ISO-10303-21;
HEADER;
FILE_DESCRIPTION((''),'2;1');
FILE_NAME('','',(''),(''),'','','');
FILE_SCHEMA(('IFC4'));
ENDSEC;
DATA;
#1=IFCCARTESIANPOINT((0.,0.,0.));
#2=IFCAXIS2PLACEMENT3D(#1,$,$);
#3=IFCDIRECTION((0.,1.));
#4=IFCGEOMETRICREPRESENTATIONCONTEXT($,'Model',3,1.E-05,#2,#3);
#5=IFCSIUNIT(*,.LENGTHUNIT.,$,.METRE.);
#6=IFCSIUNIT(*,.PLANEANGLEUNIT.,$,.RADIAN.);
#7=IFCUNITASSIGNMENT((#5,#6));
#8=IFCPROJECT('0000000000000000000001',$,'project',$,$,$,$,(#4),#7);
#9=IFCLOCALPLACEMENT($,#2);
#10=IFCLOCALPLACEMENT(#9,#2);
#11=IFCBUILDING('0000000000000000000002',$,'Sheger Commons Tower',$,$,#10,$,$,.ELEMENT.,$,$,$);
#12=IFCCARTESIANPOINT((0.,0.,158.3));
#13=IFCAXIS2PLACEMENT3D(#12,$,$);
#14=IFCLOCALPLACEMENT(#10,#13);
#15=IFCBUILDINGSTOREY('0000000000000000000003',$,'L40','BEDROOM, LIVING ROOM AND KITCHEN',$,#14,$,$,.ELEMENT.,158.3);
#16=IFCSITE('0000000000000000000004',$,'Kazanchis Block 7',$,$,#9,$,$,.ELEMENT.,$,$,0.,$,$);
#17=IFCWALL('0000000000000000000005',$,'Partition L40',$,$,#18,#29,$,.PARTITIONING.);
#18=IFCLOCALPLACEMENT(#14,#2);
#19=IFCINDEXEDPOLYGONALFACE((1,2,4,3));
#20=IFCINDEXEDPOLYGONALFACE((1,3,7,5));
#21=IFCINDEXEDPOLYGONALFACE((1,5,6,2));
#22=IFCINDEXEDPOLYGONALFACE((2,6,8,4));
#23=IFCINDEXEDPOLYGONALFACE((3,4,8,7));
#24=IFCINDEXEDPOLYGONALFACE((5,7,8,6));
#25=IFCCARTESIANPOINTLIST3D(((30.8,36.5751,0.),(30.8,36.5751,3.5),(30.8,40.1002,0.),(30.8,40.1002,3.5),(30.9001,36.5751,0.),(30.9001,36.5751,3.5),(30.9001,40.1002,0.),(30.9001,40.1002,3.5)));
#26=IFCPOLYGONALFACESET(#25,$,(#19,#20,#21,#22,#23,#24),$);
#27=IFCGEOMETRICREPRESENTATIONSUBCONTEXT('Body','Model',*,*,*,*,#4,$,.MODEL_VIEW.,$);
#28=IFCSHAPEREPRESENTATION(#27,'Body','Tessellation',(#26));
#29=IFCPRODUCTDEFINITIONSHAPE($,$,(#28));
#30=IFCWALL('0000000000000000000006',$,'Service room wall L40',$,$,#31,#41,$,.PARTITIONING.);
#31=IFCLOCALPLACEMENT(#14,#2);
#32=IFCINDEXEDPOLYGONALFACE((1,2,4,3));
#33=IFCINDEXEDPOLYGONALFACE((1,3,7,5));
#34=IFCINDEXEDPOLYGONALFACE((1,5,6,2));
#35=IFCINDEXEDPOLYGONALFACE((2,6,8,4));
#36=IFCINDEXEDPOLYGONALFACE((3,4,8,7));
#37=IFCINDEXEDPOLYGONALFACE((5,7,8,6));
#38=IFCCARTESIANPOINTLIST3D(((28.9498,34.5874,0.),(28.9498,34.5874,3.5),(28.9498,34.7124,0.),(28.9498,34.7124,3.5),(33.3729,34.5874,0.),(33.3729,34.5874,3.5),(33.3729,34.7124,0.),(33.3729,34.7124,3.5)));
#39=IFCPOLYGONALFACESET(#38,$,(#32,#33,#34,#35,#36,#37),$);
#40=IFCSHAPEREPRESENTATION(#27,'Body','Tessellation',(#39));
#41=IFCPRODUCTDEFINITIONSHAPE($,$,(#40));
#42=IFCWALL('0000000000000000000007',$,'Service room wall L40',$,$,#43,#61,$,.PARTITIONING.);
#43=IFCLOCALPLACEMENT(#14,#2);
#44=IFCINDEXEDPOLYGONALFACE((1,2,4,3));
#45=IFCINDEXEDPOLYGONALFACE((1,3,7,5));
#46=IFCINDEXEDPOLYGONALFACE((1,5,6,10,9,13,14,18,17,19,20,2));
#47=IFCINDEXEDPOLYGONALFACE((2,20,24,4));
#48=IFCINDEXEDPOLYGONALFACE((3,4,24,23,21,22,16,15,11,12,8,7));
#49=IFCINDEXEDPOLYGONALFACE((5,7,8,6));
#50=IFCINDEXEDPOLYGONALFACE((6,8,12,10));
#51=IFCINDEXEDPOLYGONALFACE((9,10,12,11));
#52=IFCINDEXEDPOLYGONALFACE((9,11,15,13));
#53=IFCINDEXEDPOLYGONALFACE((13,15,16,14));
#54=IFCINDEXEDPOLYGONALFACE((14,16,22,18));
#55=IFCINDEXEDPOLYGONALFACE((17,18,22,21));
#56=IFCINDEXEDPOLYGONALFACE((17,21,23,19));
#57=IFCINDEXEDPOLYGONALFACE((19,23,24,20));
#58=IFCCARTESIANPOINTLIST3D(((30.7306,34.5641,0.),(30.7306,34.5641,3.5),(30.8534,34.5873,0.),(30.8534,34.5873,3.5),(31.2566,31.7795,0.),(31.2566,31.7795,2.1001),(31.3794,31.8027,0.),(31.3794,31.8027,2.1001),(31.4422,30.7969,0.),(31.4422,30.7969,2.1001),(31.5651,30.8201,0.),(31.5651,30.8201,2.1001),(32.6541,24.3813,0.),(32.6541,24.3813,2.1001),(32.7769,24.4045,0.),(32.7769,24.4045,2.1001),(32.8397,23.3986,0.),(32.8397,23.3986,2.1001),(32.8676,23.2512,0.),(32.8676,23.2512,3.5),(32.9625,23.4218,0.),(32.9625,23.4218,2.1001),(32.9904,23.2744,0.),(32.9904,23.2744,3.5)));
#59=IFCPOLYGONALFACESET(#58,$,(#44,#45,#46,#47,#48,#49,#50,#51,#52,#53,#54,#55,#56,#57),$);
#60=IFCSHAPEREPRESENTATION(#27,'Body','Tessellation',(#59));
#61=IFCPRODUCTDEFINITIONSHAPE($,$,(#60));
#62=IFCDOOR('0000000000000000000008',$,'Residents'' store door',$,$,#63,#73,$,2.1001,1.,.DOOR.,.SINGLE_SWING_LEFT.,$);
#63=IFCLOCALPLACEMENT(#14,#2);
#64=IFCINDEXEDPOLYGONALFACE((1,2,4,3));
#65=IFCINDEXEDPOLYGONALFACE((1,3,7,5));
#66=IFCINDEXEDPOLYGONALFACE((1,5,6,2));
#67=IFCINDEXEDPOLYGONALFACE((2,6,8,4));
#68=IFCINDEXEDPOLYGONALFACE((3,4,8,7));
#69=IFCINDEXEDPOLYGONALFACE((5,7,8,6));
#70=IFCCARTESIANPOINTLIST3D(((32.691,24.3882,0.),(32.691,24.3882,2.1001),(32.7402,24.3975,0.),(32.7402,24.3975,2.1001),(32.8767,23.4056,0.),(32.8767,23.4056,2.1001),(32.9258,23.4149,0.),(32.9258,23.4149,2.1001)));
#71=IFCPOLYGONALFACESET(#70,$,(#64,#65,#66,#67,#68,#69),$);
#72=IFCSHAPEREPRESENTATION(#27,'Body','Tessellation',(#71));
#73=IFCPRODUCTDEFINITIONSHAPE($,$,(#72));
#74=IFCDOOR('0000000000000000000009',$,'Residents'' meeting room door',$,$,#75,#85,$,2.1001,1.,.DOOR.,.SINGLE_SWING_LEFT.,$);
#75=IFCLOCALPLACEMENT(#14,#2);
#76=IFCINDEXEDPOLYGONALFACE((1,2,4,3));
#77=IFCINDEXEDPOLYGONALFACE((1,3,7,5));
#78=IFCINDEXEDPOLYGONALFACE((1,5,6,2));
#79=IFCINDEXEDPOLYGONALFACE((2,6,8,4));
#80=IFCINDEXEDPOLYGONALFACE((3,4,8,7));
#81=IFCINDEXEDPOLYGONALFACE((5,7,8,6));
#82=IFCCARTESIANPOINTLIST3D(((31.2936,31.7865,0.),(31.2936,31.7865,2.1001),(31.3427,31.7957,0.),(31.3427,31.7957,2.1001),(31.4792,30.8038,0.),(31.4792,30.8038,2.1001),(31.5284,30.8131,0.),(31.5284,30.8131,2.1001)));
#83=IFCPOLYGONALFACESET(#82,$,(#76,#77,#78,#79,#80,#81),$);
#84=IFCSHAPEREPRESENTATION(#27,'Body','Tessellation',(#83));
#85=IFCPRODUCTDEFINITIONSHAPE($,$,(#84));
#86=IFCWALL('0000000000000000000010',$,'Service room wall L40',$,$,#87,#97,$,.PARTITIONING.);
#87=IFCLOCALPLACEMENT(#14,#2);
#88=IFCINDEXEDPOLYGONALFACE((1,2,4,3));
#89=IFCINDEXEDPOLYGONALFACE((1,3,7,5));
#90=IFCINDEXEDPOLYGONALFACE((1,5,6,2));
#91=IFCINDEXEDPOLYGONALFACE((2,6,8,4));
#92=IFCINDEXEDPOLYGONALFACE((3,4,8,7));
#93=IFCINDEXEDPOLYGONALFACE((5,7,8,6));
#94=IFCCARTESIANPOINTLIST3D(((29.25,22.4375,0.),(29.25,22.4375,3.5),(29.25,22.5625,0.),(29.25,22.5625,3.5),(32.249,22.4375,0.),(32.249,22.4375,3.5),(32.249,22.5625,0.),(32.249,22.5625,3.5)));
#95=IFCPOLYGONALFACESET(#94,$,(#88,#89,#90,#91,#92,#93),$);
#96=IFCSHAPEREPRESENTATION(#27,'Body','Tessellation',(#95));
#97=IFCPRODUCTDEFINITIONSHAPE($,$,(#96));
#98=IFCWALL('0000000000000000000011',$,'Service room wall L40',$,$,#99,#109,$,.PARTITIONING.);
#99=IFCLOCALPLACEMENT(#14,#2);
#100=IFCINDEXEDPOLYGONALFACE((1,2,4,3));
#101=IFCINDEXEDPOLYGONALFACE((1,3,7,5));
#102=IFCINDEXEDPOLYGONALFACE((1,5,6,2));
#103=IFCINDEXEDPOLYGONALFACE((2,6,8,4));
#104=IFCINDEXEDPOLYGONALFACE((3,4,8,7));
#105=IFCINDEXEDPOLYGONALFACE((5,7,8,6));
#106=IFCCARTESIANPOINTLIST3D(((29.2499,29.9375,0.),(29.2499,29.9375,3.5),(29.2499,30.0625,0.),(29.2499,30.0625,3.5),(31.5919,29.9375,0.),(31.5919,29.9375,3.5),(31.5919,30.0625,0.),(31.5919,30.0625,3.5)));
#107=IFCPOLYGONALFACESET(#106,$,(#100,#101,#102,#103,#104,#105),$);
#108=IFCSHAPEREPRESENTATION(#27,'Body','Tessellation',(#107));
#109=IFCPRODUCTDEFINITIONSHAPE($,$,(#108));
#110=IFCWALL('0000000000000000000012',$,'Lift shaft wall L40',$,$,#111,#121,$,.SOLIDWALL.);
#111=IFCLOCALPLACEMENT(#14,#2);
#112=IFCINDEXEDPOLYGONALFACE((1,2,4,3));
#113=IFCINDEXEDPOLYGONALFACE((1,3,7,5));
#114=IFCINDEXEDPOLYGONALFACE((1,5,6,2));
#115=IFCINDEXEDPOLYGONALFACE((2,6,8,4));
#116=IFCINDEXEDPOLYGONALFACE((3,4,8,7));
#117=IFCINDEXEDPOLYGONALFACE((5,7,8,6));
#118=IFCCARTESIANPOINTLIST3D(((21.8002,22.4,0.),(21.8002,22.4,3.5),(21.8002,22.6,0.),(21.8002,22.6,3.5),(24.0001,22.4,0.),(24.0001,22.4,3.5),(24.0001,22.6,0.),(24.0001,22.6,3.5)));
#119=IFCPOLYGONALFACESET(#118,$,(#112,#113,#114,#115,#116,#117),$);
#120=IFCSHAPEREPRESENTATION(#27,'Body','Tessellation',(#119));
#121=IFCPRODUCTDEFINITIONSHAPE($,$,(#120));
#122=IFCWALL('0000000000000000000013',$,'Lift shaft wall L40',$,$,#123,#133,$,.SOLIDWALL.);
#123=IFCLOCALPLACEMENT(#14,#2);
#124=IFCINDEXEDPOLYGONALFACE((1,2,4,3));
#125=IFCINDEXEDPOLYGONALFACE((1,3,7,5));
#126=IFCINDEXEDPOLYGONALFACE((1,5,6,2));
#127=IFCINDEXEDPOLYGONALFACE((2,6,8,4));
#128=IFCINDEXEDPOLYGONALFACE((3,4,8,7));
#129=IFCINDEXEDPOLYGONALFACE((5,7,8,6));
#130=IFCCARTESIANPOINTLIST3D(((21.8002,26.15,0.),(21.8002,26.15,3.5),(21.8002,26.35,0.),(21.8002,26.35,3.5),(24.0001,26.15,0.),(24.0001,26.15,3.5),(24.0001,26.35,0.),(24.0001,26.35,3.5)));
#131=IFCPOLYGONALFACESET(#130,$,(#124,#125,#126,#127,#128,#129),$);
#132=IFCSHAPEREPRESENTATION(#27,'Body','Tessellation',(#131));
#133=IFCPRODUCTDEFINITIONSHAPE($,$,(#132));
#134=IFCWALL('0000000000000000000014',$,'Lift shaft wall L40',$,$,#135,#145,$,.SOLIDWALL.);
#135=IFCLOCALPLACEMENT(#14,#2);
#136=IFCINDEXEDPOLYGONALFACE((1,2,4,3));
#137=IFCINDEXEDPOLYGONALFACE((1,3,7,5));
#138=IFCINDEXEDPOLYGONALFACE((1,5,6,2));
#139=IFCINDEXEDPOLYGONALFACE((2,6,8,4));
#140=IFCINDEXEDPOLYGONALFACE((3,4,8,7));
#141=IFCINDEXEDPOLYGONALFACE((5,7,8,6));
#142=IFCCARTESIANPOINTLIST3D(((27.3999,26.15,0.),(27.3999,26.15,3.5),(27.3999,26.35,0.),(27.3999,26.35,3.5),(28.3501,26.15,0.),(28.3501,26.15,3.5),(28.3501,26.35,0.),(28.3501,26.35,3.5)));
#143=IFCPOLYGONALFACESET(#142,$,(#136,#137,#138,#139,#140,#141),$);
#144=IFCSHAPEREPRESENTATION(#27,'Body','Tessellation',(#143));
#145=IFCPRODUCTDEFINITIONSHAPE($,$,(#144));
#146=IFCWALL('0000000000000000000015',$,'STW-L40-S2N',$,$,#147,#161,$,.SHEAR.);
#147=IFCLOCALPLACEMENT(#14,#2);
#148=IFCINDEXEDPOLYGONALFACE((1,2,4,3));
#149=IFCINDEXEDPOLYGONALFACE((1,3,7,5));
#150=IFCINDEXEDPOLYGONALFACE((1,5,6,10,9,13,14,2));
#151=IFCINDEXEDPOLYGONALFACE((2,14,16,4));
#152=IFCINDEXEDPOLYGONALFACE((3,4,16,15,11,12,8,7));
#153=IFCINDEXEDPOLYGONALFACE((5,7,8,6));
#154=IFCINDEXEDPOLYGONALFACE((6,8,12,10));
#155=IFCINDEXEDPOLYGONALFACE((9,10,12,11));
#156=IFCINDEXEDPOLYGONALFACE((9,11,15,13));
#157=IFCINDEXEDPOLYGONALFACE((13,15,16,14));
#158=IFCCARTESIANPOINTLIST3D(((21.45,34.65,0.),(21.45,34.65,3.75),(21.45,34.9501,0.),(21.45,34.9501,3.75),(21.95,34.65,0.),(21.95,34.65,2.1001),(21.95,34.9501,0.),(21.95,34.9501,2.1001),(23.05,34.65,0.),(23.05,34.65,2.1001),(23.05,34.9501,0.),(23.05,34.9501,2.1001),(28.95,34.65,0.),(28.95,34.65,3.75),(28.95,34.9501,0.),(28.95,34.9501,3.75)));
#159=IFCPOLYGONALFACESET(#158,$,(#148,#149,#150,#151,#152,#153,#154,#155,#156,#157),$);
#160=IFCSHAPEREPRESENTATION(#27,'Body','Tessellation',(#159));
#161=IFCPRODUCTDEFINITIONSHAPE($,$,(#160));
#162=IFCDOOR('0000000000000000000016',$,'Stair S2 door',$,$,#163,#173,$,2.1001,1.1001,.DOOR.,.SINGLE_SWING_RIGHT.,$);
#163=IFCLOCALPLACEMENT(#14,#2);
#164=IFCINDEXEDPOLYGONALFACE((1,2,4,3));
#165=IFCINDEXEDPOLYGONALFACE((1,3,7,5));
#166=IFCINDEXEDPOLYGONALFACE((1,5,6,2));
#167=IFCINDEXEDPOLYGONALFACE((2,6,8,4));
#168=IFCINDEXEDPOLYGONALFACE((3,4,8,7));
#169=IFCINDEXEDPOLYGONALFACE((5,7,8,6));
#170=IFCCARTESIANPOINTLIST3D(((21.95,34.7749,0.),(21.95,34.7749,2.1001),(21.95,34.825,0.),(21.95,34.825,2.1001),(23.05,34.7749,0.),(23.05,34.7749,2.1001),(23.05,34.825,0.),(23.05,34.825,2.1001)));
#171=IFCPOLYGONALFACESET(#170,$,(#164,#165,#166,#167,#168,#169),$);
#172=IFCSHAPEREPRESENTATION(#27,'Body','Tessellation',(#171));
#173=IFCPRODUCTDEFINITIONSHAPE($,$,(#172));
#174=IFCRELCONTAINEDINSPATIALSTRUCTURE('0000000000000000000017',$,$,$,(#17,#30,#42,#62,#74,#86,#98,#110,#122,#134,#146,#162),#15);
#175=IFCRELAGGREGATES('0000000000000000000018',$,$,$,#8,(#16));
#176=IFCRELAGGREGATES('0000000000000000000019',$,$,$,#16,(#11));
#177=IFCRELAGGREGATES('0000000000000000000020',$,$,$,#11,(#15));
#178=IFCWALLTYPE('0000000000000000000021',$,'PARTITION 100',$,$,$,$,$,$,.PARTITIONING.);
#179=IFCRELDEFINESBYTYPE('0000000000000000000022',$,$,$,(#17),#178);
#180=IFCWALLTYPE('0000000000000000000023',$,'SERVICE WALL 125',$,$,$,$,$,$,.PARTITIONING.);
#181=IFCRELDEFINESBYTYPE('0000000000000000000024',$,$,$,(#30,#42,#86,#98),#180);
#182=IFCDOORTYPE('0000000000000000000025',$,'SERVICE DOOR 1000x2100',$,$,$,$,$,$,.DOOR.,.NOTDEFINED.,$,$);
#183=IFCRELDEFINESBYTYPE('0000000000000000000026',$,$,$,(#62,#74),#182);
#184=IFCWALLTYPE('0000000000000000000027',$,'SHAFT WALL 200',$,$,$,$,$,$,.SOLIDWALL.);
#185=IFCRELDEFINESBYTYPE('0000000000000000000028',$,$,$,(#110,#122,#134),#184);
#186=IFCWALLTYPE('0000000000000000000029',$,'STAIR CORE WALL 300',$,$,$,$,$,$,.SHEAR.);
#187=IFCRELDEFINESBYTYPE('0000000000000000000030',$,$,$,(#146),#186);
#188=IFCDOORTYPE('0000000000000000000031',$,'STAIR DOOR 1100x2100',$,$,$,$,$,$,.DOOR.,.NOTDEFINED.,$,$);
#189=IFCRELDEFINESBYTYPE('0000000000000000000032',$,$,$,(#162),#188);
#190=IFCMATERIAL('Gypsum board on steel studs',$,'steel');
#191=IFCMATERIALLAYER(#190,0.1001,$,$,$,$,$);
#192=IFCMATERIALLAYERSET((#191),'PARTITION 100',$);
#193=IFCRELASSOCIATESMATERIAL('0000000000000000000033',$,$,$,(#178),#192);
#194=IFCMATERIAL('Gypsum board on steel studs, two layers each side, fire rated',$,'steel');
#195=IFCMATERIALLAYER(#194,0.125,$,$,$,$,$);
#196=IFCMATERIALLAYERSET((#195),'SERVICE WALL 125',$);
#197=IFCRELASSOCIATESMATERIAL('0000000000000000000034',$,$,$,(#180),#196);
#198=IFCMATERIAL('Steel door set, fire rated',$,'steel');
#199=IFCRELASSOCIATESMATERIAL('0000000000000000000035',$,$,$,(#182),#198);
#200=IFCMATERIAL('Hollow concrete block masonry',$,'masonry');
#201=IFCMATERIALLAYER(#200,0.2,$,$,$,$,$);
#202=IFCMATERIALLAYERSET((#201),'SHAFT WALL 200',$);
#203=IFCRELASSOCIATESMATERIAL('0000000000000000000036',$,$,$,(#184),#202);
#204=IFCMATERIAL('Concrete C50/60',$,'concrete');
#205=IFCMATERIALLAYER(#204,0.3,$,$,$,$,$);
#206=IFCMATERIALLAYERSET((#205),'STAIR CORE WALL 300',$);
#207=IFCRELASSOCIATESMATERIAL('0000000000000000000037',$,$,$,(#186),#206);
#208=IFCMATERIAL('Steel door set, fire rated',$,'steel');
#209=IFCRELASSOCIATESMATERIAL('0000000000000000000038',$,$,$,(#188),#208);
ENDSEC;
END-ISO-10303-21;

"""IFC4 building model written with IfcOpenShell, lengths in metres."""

from ifc_helpers import new_model, si_unit, direction, frame, frame_2d, origin, place, context, subcontext, project, spatial, rectangle, extrude, material, layer, layer_set, type_object, element, fill, save


model = new_model("IFC4")

# Units and contexts
model_context = context("Model", 3, precision=1e-05, world=origin(), true_north=direction((0.0, 1.0)))
body_context = subcontext(model_context, "Body", "Model", "MODEL_VIEW")
ifc_project = project(units=[si_unit("LENGTHUNIT", "METRE"), si_unit("PLANEANGLEUNIT", "RADIAN")], contexts=[model_context])

# Site, building, storey
site_placement = place(None, origin())
site = spatial("IfcSite", under=ifc_project, at=site_placement, Name="Kazanchis Block 7", CompositionType="ELEMENT", RefElevation=0.0)
building_placement = place(site_placement, origin())
building = spatial("IfcBuilding", under=site, at=building_placement, Name="Sheger Commons Tower", CompositionType="ELEMENT")
storey_placement = place(building_placement, frame((0.0, 0.0, 158.3)))
storey = spatial("IfcBuildingStorey", under=building, at=storey_placement, Name="L40", Description="BEDROOM, LIVING ROOM AND KITCHEN", CompositionType="ELEMENT", Elevation=158.3)

# Walls
ifc_material_1 = material(Name="Gypsum board on steel studs", Category="steel")
ifc_layer_1 = layer(ifc_material_1, 0.1001)
ifc_layer_set_1 = layer_set([ifc_layer_1], Name="PARTITION 100")
wall_type_1 = type_object("IfcWallType", Name="PARTITION 100", PredefinedType="PARTITIONING", material=ifc_layer_set_1)
for number, where, z_axis, x_axis, name in (
    (1, (30.8501, 36.575, 0.0), (0.0, 0.0, 1.0), (0.0, 1.0, 0.0), "Partition L40"),
):
    element("IfcWall", number, at=place(storey_placement, frame(where, z_axis=z_axis, x_axis=x_axis)), inside=storey, type_object=wall_type_1, Name=name, PredefinedType="PARTITIONING", context=body_context, shape_type="SweptSolid", body=[
        extrude(rectangle(XDim=3.5251, YDim=0.1001, at=frame_2d((1.7627, 0.0))), origin(), (0.0, 0.0, 1.0), 3.5),
    ])
ifc_material_2 = material(Name="Gypsum board on steel studs, two layers each side, fire rated", Category="steel")
ifc_layer_2 = layer(ifc_material_2, 0.125)
ifc_layer_set_2 = layer_set([ifc_layer_2], Name="SERVICE WALL 125")
wall_type_2 = type_object("IfcWallType", Name="SERVICE WALL 125", PredefinedType="PARTITIONING", material=ifc_layer_set_2)
wall_1_placement = place(storey_placement, frame((28.95, 34.6499, 0.0), z_axis=(0.0, 0.0, 1.0), x_axis=(1.0, 0.0, 0.0)))
element("IfcWall", 2, at=wall_1_placement, inside=storey, type_object=wall_type_2, Name="Service room wall L40", PredefinedType="PARTITIONING", context=body_context, shape_type="SweptSolid", body=[
    extrude(rectangle(XDim=4.4231, YDim=0.125, at=frame_2d((2.2114, 0.0))), origin(), (0.0, 0.0, 1.0), 3.5),
])

# Wall, openings, doors
wall_2_placement = place(storey_placement, frame((32.929, 23.2629, 0.0), z_axis=(0.0, 0.0, 1.0), x_axis=(-0.185612, 0.982623, 0.0)))
wall_2 = element("IfcWall", 3, at=wall_2_placement, inside=storey, type_object=wall_type_2, Name="Service room wall L40", PredefinedType="PARTITIONING", context=body_context, shape_type="SweptSolid", body=[
    extrude(rectangle(XDim=11.5129, YDim=0.125, at=frame_2d((5.7563, 0.0))), origin(), (0.0, 0.0, 1.0), 3.5),
])
opening_1_placement = place(wall_2_placement, frame((0.1499, 0.0, 0.0)))
opening_1 = element("IfcOpeningElement", 4, at=opening_1_placement, cuts=wall_2, PredefinedType="OPENING", context=body_context, shape_type="SweptSolid", body=[
    extrude(rectangle(XDim=1.0, YDim=2.1001, at=frame_2d((0.5, 1.05))), frame((0.0, 0.0725, 0.0), z_axis=(0.0, -1.0, 0.0), x_axis=(1.0, 0.0, 0.0)), (0.0, 0.0, 1.0), 0.145),
])
opening_2_placement = place(wall_2_placement, frame((7.679, 0.0, 0.0)))
opening_2 = element("IfcOpeningElement", 5, at=opening_2_placement, cuts=wall_2, PredefinedType="OPENING", context=body_context, shape_type="SweptSolid", body=[
    extrude(rectangle(XDim=1.0, YDim=2.1001, at=frame_2d((0.5, 1.05))), frame((0.0, 0.0725, 0.0), z_axis=(0.0, -1.0, 0.0), x_axis=(1.0, 0.0, 0.0)), (0.0, 0.0, 1.0), 0.145),
])
ifc_material_3 = material(Name="Steel door set, fire rated", Category="steel")
door_type_1 = type_object("IfcDoorType", Name="SERVICE DOOR 1000x2100", OperationType="NOTDEFINED", PredefinedType="DOOR", material=ifc_material_3)
door_1_placement = place(opening_1_placement, origin())
door_1 = element("IfcDoor", 6, at=door_1_placement, inside=storey, type_object=door_type_1, Name="Residents' store door", OperationType="SINGLE_SWING_LEFT", OverallHeight=2.1001, OverallWidth=1.0, PredefinedType="DOOR", context=body_context, shape_type="SweptSolid", body=[
    extrude(rectangle(XDim=1.0, YDim=2.1001, at=frame_2d((0.5, 1.05))), frame((0.0, 0.0249, 0.0), z_axis=(0.0, -1.0, 0.0), x_axis=(1.0, 0.0, 0.0)), (0.0, 0.0, 1.0), 0.05),
])
fill(opening_1, door_1)
door_2_placement = place(opening_2_placement, origin())
door_2 = element("IfcDoor", 7, at=door_2_placement, inside=storey, type_object=door_type_1, Name="Residents' meeting room door", OperationType="SINGLE_SWING_LEFT", OverallHeight=2.1001, OverallWidth=1.0, PredefinedType="DOOR", context=body_context, shape_type="SweptSolid", body=[
    extrude(rectangle(XDim=1.0, YDim=2.1001, at=frame_2d((0.5, 1.05))), frame((0.0, 0.0249, 0.0), z_axis=(0.0, -1.0, 0.0), x_axis=(1.0, 0.0, 0.0)), (0.0, 0.0, 1.0), 0.05),
])
fill(opening_2, door_2)

# Walls
wall_3_placement = place(storey_placement, frame((29.25, 22.5, 0.0), z_axis=(0.0, 0.0, 1.0), x_axis=(1.0, 0.0, 0.0)))
element("IfcWall", 8, at=wall_3_placement, inside=storey, type_object=wall_type_2, Name="Service room wall L40", PredefinedType="PARTITIONING", context=body_context, shape_type="SweptSolid", body=[
    extrude(rectangle(XDim=2.999, YDim=0.125, at=frame_2d((1.4995, 0.0))), origin(), (0.0, 0.0, 1.0), 3.5),
])
wall_4_placement = place(storey_placement, frame((29.25, 30.0, 0.0), z_axis=(0.0, 0.0, 1.0), x_axis=(1.0, 0.0, 0.0)))
element("IfcWall", 9, at=wall_4_placement, inside=storey, type_object=wall_type_2, Name="Service room wall L40", PredefinedType="PARTITIONING", context=body_context, shape_type="SweptSolid", body=[
    extrude(rectangle(XDim=2.342, YDim=0.125, at=frame_2d((1.1709, 0.0))), origin(), (0.0, 0.0, 1.0), 3.5),
])
ifc_material_4 = material(Name="Hollow concrete block masonry", Category="masonry")
ifc_layer_3 = layer(ifc_material_4, 0.2)
ifc_layer_set_3 = layer_set([ifc_layer_3], Name="SHAFT WALL 200")
wall_type_3 = type_object("IfcWallType", Name="SHAFT WALL 200", PredefinedType="SOLIDWALL", material=ifc_layer_set_3)
for number, where, z_axis, x_axis, name in (
    (10, (21.8, 22.5, 0.0), (0.0, 0.0, 1.0), (1.0, 0.0, 0.0), "Lift shaft wall L40"),
    (11, (21.8, 26.25, 0.0), (0.0, 0.0, 1.0), (1.0, 0.0, 0.0), "Lift shaft wall L40"),
):
    element("IfcWall", number, at=place(storey_placement, frame(where, z_axis=z_axis, x_axis=x_axis)), inside=storey, type_object=wall_type_3, Name=name, PredefinedType="SOLIDWALL", context=body_context, shape_type="SweptSolid", body=[
        extrude(rectangle(XDim=2.2, YDim=0.2, at=frame_2d((1.1001, 0.0))), origin(), (0.0, 0.0, 1.0), 3.5),
    ])
wall_5_placement = place(storey_placement, frame((27.3999, 26.25, 0.0), z_axis=(0.0, 0.0, 1.0), x_axis=(1.0, 0.0, 0.0)))
element("IfcWall", 12, at=wall_5_placement, inside=storey, type_object=wall_type_3, Name="Lift shaft wall L40", PredefinedType="SOLIDWALL", context=body_context, shape_type="SweptSolid", body=[
    extrude(rectangle(XDim=0.9502, YDim=0.2, at=frame_2d((0.4751, 0.0))), origin(), (0.0, 0.0, 1.0), 3.5),
])

# Wall, opening, door
ifc_material_5 = material(Name="Concrete C50/60", Category="concrete")
ifc_layer_4 = layer(ifc_material_5, 0.3)
ifc_layer_set_4 = layer_set([ifc_layer_4], Name="STAIR CORE WALL 300")
wall_type_4 = type_object("IfcWallType", Name="STAIR CORE WALL 300", PredefinedType="SHEAR", material=ifc_layer_set_4)
wall_6_placement = place(storey_placement, frame((21.45, 34.8, 0.0), z_axis=(0.0, 0.0, 1.0), x_axis=(1.0, 0.0, 0.0)))
wall_6 = element("IfcWall", 13, at=wall_6_placement, inside=storey, type_object=wall_type_4, Name="STW-L40-S2N", PredefinedType="SHEAR", context=body_context, shape_type="SweptSolid", body=[
    extrude(rectangle(XDim=7.5, YDim=0.3, at=frame_2d((3.75, 0.0))), origin(), (0.0, 0.0, 1.0), 3.75),
])
opening_3_placement = place(wall_6_placement, frame((0.5, 0.0, 0.0)))
opening_3 = element("IfcOpeningElement", 14, at=opening_3_placement, cuts=wall_6, PredefinedType="OPENING", context=body_context, shape_type="SweptSolid", body=[
    extrude(rectangle(XDim=1.1001, YDim=2.1001, at=frame_2d((0.55, 1.05))), frame((0.0, 0.1599, 0.0), z_axis=(0.0, -1.0, 0.0), x_axis=(1.0, 0.0, 0.0)), (0.0, 0.0, 1.0), 0.3201),
])
ifc_material_6 = material(Name="Steel door set, fire rated", Category="steel")
door_type_2 = type_object("IfcDoorType", Name="STAIR DOOR 1100x2100", OperationType="NOTDEFINED", PredefinedType="DOOR", material=ifc_material_6)
door_3_placement = place(opening_3_placement, origin())
door_3 = element("IfcDoor", 15, at=door_3_placement, inside=storey, type_object=door_type_2, Name="Stair S2 door", OperationType="SINGLE_SWING_RIGHT", OverallHeight=2.1001, OverallWidth=1.1001, PredefinedType="DOOR", context=body_context, shape_type="SweptSolid", body=[
    extrude(rectangle(XDim=1.1001, YDim=2.1001, at=frame_2d((0.55, 1.05))), frame((0.0, 0.0249, 0.0), z_axis=(0.0, -1.0, 0.0), x_axis=(1.0, 0.0, 0.0)), (0.0, 0.0, 1.0), 0.05),
])
fill(opening_3, door_3)

save(model, "model.ifc")
